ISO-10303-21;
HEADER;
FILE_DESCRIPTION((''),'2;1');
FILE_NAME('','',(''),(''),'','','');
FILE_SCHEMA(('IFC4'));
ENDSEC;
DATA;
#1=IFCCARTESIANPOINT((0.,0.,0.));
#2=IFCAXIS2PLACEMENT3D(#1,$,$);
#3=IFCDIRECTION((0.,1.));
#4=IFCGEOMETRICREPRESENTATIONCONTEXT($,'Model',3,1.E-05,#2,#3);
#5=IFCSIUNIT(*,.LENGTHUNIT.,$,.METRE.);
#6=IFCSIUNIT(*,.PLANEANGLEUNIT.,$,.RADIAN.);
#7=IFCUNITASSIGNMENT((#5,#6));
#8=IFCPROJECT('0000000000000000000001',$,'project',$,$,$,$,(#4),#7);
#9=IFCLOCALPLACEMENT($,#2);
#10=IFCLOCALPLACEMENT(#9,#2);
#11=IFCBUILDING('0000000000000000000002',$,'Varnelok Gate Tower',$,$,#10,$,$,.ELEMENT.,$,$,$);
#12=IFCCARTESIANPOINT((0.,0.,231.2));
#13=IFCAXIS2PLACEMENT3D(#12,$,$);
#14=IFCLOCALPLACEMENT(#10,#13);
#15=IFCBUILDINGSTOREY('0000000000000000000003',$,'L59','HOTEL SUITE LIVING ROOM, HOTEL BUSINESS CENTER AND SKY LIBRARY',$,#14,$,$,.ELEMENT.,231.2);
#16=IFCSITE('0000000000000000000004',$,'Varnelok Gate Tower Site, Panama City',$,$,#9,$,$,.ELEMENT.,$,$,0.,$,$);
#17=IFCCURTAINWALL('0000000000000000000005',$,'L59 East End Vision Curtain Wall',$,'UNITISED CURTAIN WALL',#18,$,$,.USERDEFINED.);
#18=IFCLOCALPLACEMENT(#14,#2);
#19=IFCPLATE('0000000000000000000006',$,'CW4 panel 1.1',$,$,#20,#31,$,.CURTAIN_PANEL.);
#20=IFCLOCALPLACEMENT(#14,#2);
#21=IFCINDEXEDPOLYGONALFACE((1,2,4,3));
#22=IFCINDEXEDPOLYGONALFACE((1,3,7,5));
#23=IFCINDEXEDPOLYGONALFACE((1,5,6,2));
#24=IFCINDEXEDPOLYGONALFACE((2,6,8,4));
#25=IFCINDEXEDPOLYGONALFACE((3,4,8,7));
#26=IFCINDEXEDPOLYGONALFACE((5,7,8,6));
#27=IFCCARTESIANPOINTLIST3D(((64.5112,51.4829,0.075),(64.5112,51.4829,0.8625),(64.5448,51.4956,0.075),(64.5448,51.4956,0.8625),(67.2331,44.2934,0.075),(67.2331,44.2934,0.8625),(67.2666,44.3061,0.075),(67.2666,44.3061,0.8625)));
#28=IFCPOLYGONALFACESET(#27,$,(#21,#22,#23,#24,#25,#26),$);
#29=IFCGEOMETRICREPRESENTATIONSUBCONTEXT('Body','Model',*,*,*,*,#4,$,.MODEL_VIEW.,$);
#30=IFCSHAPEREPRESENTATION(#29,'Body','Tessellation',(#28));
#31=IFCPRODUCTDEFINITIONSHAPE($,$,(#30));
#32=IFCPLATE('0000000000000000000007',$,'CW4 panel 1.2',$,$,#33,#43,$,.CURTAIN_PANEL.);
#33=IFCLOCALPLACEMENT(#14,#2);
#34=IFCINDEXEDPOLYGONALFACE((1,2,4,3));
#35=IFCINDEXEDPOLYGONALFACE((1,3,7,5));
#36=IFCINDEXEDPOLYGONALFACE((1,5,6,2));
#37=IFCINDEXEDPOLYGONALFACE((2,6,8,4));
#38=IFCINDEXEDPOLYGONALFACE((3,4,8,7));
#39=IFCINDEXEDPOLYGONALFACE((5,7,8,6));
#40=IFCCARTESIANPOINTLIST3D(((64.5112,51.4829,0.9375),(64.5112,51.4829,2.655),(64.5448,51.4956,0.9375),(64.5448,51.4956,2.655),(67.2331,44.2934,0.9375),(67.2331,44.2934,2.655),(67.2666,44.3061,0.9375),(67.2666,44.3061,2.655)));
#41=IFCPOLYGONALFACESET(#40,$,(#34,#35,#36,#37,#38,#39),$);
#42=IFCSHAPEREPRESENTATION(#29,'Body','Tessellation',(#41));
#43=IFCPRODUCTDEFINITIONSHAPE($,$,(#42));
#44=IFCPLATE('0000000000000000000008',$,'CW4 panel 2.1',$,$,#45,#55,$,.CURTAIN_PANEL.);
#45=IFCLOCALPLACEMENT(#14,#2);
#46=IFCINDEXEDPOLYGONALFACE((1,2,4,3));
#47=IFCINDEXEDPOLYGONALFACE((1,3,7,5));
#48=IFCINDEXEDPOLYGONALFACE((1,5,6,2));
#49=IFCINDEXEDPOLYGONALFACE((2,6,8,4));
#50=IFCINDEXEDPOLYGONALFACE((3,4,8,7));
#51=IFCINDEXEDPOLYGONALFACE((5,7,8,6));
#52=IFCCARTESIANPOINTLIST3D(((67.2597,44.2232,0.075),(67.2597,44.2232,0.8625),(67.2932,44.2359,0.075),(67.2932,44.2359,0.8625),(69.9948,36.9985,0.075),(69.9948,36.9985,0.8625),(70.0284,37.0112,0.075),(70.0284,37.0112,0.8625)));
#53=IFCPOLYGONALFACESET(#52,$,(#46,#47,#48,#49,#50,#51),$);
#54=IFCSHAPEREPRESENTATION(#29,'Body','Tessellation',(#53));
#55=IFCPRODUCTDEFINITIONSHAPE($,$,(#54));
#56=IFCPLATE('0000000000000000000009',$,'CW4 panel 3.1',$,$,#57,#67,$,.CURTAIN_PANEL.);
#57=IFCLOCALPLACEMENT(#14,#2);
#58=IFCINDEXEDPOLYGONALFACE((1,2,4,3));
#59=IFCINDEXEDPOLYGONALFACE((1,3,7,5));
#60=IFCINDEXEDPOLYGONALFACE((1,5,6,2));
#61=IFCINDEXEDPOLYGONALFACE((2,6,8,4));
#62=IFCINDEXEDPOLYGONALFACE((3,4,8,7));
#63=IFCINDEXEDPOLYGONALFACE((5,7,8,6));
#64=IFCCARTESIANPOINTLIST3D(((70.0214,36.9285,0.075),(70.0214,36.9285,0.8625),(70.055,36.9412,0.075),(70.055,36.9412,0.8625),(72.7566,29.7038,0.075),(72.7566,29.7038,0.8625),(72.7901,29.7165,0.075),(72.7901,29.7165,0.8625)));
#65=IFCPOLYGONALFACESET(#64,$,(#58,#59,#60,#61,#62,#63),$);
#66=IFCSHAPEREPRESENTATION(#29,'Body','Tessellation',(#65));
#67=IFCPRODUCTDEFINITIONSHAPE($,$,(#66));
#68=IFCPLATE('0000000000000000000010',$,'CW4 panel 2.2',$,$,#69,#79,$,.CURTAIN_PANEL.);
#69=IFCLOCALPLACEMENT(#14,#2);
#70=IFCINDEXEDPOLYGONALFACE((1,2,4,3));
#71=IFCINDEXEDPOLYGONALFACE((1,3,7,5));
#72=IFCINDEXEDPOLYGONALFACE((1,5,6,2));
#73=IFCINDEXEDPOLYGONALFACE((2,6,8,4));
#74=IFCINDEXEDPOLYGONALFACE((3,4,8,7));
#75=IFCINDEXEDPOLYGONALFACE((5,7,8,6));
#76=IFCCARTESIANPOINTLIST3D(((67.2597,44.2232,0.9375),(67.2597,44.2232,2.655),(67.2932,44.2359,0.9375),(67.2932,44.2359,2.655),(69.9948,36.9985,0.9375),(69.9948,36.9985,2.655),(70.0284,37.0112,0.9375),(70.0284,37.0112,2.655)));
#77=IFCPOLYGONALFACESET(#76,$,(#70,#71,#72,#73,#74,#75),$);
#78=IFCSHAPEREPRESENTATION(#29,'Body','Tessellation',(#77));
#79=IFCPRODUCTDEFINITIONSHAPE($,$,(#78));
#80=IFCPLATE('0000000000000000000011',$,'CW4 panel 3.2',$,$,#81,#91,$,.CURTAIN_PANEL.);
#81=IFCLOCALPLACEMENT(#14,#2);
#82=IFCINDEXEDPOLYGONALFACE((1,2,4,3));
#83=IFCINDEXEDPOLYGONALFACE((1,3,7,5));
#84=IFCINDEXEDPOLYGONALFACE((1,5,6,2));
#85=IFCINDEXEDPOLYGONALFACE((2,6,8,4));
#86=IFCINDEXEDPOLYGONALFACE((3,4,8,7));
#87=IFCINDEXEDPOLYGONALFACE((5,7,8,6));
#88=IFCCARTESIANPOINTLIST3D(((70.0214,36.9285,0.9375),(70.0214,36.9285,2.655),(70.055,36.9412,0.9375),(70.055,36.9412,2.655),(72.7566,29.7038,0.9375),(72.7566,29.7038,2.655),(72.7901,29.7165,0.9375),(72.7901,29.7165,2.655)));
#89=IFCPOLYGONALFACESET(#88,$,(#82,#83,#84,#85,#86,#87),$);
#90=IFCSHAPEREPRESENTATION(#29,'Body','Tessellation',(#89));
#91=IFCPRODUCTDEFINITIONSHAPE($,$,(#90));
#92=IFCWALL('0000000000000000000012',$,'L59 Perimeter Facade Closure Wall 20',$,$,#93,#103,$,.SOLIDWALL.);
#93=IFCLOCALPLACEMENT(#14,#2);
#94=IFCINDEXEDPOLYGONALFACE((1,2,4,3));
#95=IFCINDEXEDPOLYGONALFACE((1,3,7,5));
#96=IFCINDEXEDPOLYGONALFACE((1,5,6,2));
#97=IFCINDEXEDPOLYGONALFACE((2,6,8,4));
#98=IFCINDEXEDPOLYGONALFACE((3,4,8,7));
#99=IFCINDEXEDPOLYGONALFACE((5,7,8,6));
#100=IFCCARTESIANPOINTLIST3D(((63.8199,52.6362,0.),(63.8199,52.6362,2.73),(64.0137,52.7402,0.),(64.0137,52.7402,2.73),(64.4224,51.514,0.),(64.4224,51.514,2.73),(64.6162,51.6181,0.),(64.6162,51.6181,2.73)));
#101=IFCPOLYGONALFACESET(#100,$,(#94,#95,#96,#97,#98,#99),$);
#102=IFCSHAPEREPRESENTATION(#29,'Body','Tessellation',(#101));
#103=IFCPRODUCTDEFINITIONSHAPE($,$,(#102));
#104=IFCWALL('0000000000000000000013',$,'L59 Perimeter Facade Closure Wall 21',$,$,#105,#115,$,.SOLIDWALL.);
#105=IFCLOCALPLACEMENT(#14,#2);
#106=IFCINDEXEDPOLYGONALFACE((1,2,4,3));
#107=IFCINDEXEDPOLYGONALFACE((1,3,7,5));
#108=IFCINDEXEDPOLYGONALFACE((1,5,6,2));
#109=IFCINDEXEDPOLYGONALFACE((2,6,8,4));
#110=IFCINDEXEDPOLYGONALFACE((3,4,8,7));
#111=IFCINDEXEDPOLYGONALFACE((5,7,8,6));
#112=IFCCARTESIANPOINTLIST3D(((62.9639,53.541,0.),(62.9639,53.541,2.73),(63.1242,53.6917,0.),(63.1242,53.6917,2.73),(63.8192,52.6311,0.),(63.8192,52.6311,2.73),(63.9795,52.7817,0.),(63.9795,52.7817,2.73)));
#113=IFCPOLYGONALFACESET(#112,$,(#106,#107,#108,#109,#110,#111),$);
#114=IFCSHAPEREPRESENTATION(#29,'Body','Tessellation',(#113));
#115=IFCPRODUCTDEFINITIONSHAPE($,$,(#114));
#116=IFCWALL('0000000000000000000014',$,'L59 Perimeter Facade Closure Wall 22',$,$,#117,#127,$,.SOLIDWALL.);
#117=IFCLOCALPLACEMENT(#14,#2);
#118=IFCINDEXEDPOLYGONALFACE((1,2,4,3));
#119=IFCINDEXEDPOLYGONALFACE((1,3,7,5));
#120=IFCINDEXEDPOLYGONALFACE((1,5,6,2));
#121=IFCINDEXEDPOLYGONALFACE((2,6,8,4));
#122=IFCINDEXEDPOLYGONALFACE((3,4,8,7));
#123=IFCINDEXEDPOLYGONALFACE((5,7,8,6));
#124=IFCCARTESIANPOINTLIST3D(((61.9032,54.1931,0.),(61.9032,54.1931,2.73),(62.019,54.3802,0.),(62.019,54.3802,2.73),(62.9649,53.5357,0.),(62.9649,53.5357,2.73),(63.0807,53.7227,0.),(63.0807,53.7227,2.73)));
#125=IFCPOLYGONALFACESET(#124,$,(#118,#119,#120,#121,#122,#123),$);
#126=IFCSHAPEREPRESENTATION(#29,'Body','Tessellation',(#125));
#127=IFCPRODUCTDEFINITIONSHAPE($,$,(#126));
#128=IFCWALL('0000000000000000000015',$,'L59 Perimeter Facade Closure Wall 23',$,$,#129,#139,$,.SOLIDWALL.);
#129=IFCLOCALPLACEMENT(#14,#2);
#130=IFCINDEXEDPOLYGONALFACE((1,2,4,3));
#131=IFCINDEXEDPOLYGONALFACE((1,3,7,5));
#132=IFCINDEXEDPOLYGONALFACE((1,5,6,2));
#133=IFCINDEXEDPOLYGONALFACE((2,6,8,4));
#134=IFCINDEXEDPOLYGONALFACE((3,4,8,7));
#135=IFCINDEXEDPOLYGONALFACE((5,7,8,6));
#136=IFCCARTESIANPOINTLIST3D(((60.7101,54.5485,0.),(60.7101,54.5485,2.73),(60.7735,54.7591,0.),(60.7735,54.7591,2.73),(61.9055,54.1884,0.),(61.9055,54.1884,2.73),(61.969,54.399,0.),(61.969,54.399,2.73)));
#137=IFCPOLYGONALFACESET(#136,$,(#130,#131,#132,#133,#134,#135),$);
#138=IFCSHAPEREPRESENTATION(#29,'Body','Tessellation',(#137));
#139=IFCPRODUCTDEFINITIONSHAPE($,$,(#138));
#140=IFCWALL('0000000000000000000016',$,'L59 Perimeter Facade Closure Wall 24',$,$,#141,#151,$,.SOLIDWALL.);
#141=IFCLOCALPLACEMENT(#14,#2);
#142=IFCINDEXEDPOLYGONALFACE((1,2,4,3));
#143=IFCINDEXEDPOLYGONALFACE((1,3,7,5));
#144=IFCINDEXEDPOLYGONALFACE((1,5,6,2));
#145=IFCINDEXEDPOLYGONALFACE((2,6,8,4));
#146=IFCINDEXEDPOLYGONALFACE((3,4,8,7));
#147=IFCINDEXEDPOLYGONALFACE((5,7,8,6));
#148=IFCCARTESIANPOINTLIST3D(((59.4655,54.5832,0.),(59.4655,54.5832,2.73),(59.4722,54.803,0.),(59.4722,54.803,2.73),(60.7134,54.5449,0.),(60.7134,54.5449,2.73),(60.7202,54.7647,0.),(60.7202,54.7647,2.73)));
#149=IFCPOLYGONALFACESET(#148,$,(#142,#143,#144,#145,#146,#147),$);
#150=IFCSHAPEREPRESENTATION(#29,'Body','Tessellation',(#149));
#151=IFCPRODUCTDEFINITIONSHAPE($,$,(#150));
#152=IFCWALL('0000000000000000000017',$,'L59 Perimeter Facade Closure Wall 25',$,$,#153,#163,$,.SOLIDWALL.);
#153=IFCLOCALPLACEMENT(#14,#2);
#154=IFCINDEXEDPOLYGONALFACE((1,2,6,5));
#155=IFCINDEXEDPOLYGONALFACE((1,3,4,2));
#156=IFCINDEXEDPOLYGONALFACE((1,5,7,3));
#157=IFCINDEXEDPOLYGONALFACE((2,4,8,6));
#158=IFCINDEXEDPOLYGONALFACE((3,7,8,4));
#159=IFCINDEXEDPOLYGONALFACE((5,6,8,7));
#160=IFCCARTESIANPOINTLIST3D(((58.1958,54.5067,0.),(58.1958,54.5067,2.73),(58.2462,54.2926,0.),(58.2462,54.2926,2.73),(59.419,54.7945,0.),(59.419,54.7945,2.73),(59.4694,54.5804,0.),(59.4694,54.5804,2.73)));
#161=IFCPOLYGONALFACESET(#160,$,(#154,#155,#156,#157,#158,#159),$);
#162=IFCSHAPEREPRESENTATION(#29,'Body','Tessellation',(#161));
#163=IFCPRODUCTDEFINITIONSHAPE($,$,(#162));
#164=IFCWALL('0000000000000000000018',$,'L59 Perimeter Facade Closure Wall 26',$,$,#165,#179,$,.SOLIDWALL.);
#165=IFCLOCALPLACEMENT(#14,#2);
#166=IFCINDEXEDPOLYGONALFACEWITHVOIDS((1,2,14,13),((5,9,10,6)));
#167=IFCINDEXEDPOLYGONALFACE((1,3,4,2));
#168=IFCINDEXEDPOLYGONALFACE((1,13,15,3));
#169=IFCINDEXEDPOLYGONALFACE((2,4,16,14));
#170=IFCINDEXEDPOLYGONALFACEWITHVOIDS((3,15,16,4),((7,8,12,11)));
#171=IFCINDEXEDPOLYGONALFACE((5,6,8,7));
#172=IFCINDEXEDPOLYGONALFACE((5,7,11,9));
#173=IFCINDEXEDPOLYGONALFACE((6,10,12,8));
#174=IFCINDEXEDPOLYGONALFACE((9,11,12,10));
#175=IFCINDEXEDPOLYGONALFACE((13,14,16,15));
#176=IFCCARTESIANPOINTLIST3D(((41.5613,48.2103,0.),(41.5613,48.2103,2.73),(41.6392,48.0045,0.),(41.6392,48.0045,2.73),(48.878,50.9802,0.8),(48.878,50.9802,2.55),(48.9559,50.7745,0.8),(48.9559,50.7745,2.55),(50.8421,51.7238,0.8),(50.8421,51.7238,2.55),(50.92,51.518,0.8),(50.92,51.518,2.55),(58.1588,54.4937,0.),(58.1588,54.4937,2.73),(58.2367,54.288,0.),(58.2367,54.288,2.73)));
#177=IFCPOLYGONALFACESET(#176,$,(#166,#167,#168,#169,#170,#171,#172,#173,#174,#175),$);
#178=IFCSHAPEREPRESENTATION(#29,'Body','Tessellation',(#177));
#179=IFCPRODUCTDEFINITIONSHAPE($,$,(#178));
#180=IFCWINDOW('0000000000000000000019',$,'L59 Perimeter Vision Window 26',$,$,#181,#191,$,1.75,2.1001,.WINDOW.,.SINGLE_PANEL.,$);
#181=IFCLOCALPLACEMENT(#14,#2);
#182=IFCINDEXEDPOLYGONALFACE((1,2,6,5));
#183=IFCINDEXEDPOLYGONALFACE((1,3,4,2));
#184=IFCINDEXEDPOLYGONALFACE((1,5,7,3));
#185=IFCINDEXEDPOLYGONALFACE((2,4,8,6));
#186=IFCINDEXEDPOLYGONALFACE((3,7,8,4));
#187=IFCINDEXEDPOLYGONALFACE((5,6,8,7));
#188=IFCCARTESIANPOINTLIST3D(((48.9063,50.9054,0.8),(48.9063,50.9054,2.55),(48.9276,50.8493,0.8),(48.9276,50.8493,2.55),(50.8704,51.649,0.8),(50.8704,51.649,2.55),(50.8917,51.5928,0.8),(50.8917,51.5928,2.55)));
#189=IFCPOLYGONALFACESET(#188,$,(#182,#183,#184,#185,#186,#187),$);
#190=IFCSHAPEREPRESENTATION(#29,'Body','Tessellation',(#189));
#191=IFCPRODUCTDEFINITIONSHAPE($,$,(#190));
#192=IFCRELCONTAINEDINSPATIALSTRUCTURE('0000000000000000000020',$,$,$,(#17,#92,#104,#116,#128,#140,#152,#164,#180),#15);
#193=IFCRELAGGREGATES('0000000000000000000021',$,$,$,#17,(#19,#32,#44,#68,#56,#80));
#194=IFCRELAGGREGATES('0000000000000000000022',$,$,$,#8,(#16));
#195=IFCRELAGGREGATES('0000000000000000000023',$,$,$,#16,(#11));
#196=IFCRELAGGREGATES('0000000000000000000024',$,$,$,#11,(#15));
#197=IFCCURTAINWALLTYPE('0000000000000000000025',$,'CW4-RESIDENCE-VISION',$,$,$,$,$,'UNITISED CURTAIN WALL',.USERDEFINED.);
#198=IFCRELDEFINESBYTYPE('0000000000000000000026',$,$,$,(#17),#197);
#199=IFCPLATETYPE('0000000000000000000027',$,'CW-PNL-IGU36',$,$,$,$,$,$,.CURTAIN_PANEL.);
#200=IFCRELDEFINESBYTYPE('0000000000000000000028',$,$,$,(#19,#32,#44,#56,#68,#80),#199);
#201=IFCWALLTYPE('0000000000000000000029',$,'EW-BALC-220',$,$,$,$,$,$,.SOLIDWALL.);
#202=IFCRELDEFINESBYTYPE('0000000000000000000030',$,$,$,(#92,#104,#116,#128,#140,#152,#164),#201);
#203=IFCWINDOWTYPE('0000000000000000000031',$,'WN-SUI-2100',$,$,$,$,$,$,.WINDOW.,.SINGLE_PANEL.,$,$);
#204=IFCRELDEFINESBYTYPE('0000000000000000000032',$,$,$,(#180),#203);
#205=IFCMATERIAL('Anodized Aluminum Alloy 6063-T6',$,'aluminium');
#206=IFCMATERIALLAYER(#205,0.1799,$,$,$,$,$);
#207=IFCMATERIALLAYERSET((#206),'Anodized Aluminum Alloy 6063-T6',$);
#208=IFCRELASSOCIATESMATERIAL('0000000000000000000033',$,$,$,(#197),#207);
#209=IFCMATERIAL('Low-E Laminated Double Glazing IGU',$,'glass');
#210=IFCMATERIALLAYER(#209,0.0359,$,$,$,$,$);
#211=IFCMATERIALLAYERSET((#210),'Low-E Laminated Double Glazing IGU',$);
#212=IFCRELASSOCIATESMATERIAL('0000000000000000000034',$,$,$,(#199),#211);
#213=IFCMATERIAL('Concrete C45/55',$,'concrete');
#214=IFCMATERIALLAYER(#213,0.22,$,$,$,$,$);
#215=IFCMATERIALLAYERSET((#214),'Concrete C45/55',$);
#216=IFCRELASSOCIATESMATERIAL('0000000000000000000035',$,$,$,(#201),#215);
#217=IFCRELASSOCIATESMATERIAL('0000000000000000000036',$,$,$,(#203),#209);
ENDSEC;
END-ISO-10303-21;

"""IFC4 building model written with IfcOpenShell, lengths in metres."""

from ifc_helpers import new_model, si_unit, direction, frame, frame_2d, origin, origin_2d, place, context, subcontext, project, spatial, rectangle, extrude, source, transform, mapped, material, layer, layer_set, type_object, element, fill, aggregate, save


model = new_model("IFC4")

# Units and contexts
model_context = context("Model", 3, precision=1e-05, world=origin(), true_north=direction((0.0, 1.0)))
body_context = subcontext(model_context, "Body", "Model", "MODEL_VIEW")
ifc_project = project(units=[si_unit("LENGTHUNIT", "METRE"), si_unit("PLANEANGLEUNIT", "RADIAN")], contexts=[model_context])

# Site, building, storey
site_placement = place(None, origin())
site = spatial("IfcSite", under=ifc_project, at=site_placement, Name="Varnelok Gate Tower Site, Panama City", CompositionType="ELEMENT", RefElevation=0.0)
building_placement = place(site_placement, origin())
building = spatial("IfcBuilding", under=site, at=building_placement, Name="Varnelok Gate Tower", CompositionType="ELEMENT")
storey_placement = place(building_placement, frame((0.0, 0.0, 231.2)))
storey = spatial("IfcBuildingStorey", under=building, at=storey_placement, Name="L59", Description="HOTEL SUITE LIVING ROOM, HOTEL BUSINESS CENTER AND SKY LIBRARY", CompositionType="ELEMENT", Elevation=231.2)

# Curtain wall, plates
ifc_material_1 = material(Name="Anodized Aluminum Alloy 6063-T6", Category="aluminium")
ifc_layer_1 = layer(ifc_material_1, 0.1799)
ifc_layer_set_1 = layer_set([ifc_layer_1], Name="Anodized Aluminum Alloy 6063-T6")
curtain_wall_type = type_object("IfcCurtainWallType", Name="CW4-RESIDENCE-VISION", ElementType="UNITISED CURTAIN WALL", PredefinedType="USERDEFINED", material=ifc_layer_set_1)
curtain_wall_placement = place(storey_placement, origin())
curtain_wall = element("IfcCurtainWall", 1, at=curtain_wall_placement, inside=storey, type_object=curtain_wall_type, Name="L59 East End Vision Curtain Wall", ObjectType="UNITISED CURTAIN WALL", PredefinedType="USERDEFINED")
ifc_material_2 = material(Name="Low-E Laminated Double Glazing IGU", Category="glass")
ifc_layer_2 = layer(ifc_material_2, 0.0359)
ifc_layer_set_2 = layer_set([ifc_layer_2], Name="Low-E Laminated Double Glazing IGU")
plate_type = type_object("IfcPlateType", Name="CW-PNL-IGU36", PredefinedType="CURTAIN_PANEL", material=ifc_layer_set_2)
shared_shape_1 = source(origin(), body_context, "Body", "SweptSolid", [
    extrude(rectangle(XDim=7.6875, YDim=0.0359, at=origin_2d()), origin(), (0.0, 0.0, 1.0), 0.7876),
])
plate_1_placement = place(storey_placement, frame((65.8889, 47.8945, 0.075), z_axis=(0.0, 0.0, 1.0), x_axis=(0.354063, -0.935222, 0.0)))
plate_1 = element("IfcPlate", 2, at=plate_1_placement, type_object=plate_type, Name="CW4 panel 1.1", PredefinedType="CURTAIN_PANEL", context=body_context, shape_type="MappedRepresentation", body=[
    mapped(shared_shape_1, transform((0.0, 0.0, 0.0), scale=1.0)),
])
shared_shape_2 = source(origin(), body_context, "Body", "SweptSolid", [
    extrude(rectangle(XDim=7.6875, YDim=0.0359, at=origin_2d()), origin(), (0.0, 0.0, 1.0), 1.7175),
])
plate_2_placement = place(storey_placement, frame((65.8889, 47.8945, 0.9375), z_axis=(0.0, 0.0, 1.0), x_axis=(0.354063, -0.935222, 0.0)))
plate_2 = element("IfcPlate", 3, at=plate_2_placement, type_object=plate_type, Name="CW4 panel 1.2", PredefinedType="CURTAIN_PANEL", context=body_context, shape_type="MappedRepresentation", body=[
    mapped(shared_shape_2, transform((0.0, 0.0, 0.0), scale=1.0)),
])
shared_shape_3 = source(origin(), body_context, "Body", "SweptSolid", [
    extrude(rectangle(XDim=7.7251, YDim=0.0359, at=origin_2d()), origin(), (0.0, 0.0, 1.0), 0.7876),
])
plate_3_placement = place(storey_placement, frame((68.644, 40.6172, 0.075), z_axis=(0.0, 0.0, 1.0), x_axis=(0.354063, -0.935222, 0.0)))
plate_3 = element("IfcPlate", 4, at=plate_3_placement, type_object=plate_type, Name="CW4 panel 2.1", PredefinedType="CURTAIN_PANEL", context=body_context, shape_type="MappedRepresentation", body=[
    mapped(shared_shape_3, transform((0.0, 0.0, 0.0), scale=1.0)),
])
plate_4_placement = place(storey_placement, frame((71.4058, 33.3225, 0.075), z_axis=(0.0, 0.0, 1.0), x_axis=(0.354063, -0.935222, 0.0)))
plate_4 = element("IfcPlate", 5, at=plate_4_placement, type_object=plate_type, Name="CW4 panel 3.1", PredefinedType="CURTAIN_PANEL", context=body_context, shape_type="MappedRepresentation", body=[
    mapped(shared_shape_3, transform((0.0, 0.0, 0.0), scale=1.0)),
])
shared_shape_4 = source(origin(), body_context, "Body", "SweptSolid", [
    extrude(rectangle(XDim=7.7251, YDim=0.0359, at=origin_2d()), origin(), (0.0, 0.0, 1.0), 1.7175),
])
plate_5_placement = place(storey_placement, frame((68.644, 40.6172, 0.9375), z_axis=(0.0, 0.0, 1.0), x_axis=(0.354063, -0.935222, 0.0)))
plate_5 = element("IfcPlate", 6, at=plate_5_placement, type_object=plate_type, Name="CW4 panel 2.2", PredefinedType="CURTAIN_PANEL", context=body_context, shape_type="MappedRepresentation", body=[
    mapped(shared_shape_4, transform((0.0, 0.0, 0.0), scale=1.0)),
])
plate_6_placement = place(storey_placement, frame((71.4058, 33.3225, 0.9375), z_axis=(0.0, 0.0, 1.0), x_axis=(0.354063, -0.935222, 0.0)))
plate_6 = element("IfcPlate", 7, at=plate_6_placement, type_object=plate_type, Name="CW4 panel 3.2", PredefinedType="CURTAIN_PANEL", context=body_context, shape_type="MappedRepresentation", body=[
    mapped(shared_shape_4, transform((0.0, 0.0, 0.0), scale=1.0)),
])
aggregate(curtain_wall, [plate_1, plate_2, plate_3, plate_5, plate_4, plate_6])

# Walls
ifc_material_3 = material(Name="Concrete C45/55", Category="concrete")
ifc_layer_3 = layer(ifc_material_3, 0.22)
ifc_layer_set_3 = layer_set([ifc_layer_3], Name="Concrete C45/55")
wall_type_1 = type_object("IfcWallType", Name="EW-BALC-220", PredefinedType="SOLIDWALL", material=ifc_layer_set_3)
wall_1_placement = place(storey_placement, frame((64.5193, 51.5662, 0.0), z_axis=(0.0, 0.0, 1.0), x_axis=(-0.473094, 0.881012, 0.0)))
element("IfcWall", 8, at=wall_1_placement, inside=storey, type_object=wall_type_1, Name="L59 Perimeter Facade Closure Wall 20", PredefinedType="SOLIDWALL", context=body_context, shape_type="SweptSolid", body=[
    extrude(rectangle(XDim=1.2737, YDim=0.22, at=frame_2d((0.6367, 0.0))), origin(), (0.0, 0.0, 1.0), 2.73),
])
for number, where, z_axis, x_axis, name in (
    (9, (63.8994, 52.7063, 0.0), (0.0, 0.0, 1.0), (-0.684871, 0.728665, 0.0), "L59 Perimeter Facade Closure Wall 21"),
    (10, (63.0229, 53.6292, 0.0), (0.0, 0.0, 1.0), (-0.850198, 0.526462, 0.0), "L59 Perimeter Facade Closure Wall 22"),
):
    element("IfcWall", number, at=place(storey_placement, frame(where, z_axis=z_axis, x_axis=x_axis)), inside=storey, type_object=wall_type_1, Name=name, PredefinedType="SOLIDWALL", context=body_context, shape_type="SweptSolid", body=[
        extrude(rectangle(XDim=1.2488, YDim=0.22, at=frame_2d((0.6245, 0.0))), origin(), (0.0, 0.0, 1.0), 2.73),
    ])
for number, where, z_axis, x_axis, name in (
    (11, (61.9373, 54.2937, 0.0), (0.0, 0.0, 1.0), (-0.957508, 0.288406, 0.0), "L59 Perimeter Facade Closure Wall 23"),
    (12, (60.7168, 54.6548, 0.0), (0.0, 0.0, 1.0), (-0.999529, 0.030698, 0.0), "L59 Perimeter Facade Closure Wall 24"),
):
    element("IfcWall", number, at=place(storey_placement, frame(where, z_axis=z_axis, x_axis=x_axis)), inside=storey, type_object=wall_type_1, Name=name, PredefinedType="SOLIDWALL", context=body_context, shape_type="SweptSolid", body=[
        extrude(rectangle(XDim=1.2485, YDim=0.22, at=frame_2d((0.6243, 0.0))), origin(), (0.0, 0.0, 1.0), 2.73),
    ])
wall_2_placement = place(storey_placement, frame((59.4443, 54.6875, 0.0), z_axis=(0.0, 0.0, 1.0), x_axis=(-0.97341, -0.229072, 0.0)))
element("IfcWall", 13, at=wall_2_placement, inside=storey, type_object=wall_type_1, Name="L59 Perimeter Facade Closure Wall 25", PredefinedType="SOLIDWALL", context=body_context, shape_type="SweptSolid", body=[
    extrude(rectangle(XDim=1.2566, YDim=0.22, at=frame_2d((0.6284, 0.0))), origin(), (0.0, 0.0, 1.0), 2.73),
])

# Wall, opening, window
wall_3_placement = place(storey_placement, frame((58.1978, 54.3909, 0.0), z_axis=(0.0, 0.0, 1.0), x_axis=(-0.935224, -0.354057, 0.0)))
wall_3 = element("IfcWall", 14, at=wall_3_placement, inside=storey, type_object=wall_type_1, Name="L59 Perimeter Facade Closure Wall 26", PredefinedType="SOLIDWALL", context=body_context, shape_type="SweptSolid", body=[
    extrude(rectangle(XDim=17.7471, YDim=0.22, at=frame_2d((8.8735, 0.0))), origin(), (0.0, 0.0, 1.0), 2.73),
])
opening_placement = place(wall_3_placement, frame((7.8235, 0.0, 0.8)))
opening = element("IfcOpeningElement", 15, at=opening_placement, cuts=wall_3, PredefinedType="OPENING", context=body_context, shape_type="SweptSolid", body=[
    extrude(rectangle(XDim=2.1001, YDim=1.75, at=frame_2d((1.05, 0.875))), frame((0.0, 0.1199, 0.0), z_axis=(0.0, -1.0, 0.0), x_axis=(1.0, 0.0, 0.0)), (0.0, 0.0, 1.0), 0.24),
])
window_type = type_object("IfcWindowType", Name="WN-SUI-2100", PartitioningType="SINGLE_PANEL", PredefinedType="WINDOW", material=ifc_material_2)
window_placement = place(opening_placement, origin())
window = element("IfcWindow", 16, at=window_placement, inside=storey, type_object=window_type, Name="L59 Perimeter Vision Window 26", OverallHeight=1.75, OverallWidth=2.1001, PartitioningType="SINGLE_PANEL", PredefinedType="WINDOW", context=body_context, shape_type="SweptSolid", body=[
    extrude(rectangle(XDim=2.1001, YDim=1.75, at=frame_2d((1.05, 0.875))), frame((0.0, 0.03, 0.0), z_axis=(0.0, -1.0, 0.0), x_axis=(1.0, 0.0, 0.0)), (0.0, 0.0, 1.0), 0.0601),
])
fill(opening, window)

save(model, "model.ifc")
